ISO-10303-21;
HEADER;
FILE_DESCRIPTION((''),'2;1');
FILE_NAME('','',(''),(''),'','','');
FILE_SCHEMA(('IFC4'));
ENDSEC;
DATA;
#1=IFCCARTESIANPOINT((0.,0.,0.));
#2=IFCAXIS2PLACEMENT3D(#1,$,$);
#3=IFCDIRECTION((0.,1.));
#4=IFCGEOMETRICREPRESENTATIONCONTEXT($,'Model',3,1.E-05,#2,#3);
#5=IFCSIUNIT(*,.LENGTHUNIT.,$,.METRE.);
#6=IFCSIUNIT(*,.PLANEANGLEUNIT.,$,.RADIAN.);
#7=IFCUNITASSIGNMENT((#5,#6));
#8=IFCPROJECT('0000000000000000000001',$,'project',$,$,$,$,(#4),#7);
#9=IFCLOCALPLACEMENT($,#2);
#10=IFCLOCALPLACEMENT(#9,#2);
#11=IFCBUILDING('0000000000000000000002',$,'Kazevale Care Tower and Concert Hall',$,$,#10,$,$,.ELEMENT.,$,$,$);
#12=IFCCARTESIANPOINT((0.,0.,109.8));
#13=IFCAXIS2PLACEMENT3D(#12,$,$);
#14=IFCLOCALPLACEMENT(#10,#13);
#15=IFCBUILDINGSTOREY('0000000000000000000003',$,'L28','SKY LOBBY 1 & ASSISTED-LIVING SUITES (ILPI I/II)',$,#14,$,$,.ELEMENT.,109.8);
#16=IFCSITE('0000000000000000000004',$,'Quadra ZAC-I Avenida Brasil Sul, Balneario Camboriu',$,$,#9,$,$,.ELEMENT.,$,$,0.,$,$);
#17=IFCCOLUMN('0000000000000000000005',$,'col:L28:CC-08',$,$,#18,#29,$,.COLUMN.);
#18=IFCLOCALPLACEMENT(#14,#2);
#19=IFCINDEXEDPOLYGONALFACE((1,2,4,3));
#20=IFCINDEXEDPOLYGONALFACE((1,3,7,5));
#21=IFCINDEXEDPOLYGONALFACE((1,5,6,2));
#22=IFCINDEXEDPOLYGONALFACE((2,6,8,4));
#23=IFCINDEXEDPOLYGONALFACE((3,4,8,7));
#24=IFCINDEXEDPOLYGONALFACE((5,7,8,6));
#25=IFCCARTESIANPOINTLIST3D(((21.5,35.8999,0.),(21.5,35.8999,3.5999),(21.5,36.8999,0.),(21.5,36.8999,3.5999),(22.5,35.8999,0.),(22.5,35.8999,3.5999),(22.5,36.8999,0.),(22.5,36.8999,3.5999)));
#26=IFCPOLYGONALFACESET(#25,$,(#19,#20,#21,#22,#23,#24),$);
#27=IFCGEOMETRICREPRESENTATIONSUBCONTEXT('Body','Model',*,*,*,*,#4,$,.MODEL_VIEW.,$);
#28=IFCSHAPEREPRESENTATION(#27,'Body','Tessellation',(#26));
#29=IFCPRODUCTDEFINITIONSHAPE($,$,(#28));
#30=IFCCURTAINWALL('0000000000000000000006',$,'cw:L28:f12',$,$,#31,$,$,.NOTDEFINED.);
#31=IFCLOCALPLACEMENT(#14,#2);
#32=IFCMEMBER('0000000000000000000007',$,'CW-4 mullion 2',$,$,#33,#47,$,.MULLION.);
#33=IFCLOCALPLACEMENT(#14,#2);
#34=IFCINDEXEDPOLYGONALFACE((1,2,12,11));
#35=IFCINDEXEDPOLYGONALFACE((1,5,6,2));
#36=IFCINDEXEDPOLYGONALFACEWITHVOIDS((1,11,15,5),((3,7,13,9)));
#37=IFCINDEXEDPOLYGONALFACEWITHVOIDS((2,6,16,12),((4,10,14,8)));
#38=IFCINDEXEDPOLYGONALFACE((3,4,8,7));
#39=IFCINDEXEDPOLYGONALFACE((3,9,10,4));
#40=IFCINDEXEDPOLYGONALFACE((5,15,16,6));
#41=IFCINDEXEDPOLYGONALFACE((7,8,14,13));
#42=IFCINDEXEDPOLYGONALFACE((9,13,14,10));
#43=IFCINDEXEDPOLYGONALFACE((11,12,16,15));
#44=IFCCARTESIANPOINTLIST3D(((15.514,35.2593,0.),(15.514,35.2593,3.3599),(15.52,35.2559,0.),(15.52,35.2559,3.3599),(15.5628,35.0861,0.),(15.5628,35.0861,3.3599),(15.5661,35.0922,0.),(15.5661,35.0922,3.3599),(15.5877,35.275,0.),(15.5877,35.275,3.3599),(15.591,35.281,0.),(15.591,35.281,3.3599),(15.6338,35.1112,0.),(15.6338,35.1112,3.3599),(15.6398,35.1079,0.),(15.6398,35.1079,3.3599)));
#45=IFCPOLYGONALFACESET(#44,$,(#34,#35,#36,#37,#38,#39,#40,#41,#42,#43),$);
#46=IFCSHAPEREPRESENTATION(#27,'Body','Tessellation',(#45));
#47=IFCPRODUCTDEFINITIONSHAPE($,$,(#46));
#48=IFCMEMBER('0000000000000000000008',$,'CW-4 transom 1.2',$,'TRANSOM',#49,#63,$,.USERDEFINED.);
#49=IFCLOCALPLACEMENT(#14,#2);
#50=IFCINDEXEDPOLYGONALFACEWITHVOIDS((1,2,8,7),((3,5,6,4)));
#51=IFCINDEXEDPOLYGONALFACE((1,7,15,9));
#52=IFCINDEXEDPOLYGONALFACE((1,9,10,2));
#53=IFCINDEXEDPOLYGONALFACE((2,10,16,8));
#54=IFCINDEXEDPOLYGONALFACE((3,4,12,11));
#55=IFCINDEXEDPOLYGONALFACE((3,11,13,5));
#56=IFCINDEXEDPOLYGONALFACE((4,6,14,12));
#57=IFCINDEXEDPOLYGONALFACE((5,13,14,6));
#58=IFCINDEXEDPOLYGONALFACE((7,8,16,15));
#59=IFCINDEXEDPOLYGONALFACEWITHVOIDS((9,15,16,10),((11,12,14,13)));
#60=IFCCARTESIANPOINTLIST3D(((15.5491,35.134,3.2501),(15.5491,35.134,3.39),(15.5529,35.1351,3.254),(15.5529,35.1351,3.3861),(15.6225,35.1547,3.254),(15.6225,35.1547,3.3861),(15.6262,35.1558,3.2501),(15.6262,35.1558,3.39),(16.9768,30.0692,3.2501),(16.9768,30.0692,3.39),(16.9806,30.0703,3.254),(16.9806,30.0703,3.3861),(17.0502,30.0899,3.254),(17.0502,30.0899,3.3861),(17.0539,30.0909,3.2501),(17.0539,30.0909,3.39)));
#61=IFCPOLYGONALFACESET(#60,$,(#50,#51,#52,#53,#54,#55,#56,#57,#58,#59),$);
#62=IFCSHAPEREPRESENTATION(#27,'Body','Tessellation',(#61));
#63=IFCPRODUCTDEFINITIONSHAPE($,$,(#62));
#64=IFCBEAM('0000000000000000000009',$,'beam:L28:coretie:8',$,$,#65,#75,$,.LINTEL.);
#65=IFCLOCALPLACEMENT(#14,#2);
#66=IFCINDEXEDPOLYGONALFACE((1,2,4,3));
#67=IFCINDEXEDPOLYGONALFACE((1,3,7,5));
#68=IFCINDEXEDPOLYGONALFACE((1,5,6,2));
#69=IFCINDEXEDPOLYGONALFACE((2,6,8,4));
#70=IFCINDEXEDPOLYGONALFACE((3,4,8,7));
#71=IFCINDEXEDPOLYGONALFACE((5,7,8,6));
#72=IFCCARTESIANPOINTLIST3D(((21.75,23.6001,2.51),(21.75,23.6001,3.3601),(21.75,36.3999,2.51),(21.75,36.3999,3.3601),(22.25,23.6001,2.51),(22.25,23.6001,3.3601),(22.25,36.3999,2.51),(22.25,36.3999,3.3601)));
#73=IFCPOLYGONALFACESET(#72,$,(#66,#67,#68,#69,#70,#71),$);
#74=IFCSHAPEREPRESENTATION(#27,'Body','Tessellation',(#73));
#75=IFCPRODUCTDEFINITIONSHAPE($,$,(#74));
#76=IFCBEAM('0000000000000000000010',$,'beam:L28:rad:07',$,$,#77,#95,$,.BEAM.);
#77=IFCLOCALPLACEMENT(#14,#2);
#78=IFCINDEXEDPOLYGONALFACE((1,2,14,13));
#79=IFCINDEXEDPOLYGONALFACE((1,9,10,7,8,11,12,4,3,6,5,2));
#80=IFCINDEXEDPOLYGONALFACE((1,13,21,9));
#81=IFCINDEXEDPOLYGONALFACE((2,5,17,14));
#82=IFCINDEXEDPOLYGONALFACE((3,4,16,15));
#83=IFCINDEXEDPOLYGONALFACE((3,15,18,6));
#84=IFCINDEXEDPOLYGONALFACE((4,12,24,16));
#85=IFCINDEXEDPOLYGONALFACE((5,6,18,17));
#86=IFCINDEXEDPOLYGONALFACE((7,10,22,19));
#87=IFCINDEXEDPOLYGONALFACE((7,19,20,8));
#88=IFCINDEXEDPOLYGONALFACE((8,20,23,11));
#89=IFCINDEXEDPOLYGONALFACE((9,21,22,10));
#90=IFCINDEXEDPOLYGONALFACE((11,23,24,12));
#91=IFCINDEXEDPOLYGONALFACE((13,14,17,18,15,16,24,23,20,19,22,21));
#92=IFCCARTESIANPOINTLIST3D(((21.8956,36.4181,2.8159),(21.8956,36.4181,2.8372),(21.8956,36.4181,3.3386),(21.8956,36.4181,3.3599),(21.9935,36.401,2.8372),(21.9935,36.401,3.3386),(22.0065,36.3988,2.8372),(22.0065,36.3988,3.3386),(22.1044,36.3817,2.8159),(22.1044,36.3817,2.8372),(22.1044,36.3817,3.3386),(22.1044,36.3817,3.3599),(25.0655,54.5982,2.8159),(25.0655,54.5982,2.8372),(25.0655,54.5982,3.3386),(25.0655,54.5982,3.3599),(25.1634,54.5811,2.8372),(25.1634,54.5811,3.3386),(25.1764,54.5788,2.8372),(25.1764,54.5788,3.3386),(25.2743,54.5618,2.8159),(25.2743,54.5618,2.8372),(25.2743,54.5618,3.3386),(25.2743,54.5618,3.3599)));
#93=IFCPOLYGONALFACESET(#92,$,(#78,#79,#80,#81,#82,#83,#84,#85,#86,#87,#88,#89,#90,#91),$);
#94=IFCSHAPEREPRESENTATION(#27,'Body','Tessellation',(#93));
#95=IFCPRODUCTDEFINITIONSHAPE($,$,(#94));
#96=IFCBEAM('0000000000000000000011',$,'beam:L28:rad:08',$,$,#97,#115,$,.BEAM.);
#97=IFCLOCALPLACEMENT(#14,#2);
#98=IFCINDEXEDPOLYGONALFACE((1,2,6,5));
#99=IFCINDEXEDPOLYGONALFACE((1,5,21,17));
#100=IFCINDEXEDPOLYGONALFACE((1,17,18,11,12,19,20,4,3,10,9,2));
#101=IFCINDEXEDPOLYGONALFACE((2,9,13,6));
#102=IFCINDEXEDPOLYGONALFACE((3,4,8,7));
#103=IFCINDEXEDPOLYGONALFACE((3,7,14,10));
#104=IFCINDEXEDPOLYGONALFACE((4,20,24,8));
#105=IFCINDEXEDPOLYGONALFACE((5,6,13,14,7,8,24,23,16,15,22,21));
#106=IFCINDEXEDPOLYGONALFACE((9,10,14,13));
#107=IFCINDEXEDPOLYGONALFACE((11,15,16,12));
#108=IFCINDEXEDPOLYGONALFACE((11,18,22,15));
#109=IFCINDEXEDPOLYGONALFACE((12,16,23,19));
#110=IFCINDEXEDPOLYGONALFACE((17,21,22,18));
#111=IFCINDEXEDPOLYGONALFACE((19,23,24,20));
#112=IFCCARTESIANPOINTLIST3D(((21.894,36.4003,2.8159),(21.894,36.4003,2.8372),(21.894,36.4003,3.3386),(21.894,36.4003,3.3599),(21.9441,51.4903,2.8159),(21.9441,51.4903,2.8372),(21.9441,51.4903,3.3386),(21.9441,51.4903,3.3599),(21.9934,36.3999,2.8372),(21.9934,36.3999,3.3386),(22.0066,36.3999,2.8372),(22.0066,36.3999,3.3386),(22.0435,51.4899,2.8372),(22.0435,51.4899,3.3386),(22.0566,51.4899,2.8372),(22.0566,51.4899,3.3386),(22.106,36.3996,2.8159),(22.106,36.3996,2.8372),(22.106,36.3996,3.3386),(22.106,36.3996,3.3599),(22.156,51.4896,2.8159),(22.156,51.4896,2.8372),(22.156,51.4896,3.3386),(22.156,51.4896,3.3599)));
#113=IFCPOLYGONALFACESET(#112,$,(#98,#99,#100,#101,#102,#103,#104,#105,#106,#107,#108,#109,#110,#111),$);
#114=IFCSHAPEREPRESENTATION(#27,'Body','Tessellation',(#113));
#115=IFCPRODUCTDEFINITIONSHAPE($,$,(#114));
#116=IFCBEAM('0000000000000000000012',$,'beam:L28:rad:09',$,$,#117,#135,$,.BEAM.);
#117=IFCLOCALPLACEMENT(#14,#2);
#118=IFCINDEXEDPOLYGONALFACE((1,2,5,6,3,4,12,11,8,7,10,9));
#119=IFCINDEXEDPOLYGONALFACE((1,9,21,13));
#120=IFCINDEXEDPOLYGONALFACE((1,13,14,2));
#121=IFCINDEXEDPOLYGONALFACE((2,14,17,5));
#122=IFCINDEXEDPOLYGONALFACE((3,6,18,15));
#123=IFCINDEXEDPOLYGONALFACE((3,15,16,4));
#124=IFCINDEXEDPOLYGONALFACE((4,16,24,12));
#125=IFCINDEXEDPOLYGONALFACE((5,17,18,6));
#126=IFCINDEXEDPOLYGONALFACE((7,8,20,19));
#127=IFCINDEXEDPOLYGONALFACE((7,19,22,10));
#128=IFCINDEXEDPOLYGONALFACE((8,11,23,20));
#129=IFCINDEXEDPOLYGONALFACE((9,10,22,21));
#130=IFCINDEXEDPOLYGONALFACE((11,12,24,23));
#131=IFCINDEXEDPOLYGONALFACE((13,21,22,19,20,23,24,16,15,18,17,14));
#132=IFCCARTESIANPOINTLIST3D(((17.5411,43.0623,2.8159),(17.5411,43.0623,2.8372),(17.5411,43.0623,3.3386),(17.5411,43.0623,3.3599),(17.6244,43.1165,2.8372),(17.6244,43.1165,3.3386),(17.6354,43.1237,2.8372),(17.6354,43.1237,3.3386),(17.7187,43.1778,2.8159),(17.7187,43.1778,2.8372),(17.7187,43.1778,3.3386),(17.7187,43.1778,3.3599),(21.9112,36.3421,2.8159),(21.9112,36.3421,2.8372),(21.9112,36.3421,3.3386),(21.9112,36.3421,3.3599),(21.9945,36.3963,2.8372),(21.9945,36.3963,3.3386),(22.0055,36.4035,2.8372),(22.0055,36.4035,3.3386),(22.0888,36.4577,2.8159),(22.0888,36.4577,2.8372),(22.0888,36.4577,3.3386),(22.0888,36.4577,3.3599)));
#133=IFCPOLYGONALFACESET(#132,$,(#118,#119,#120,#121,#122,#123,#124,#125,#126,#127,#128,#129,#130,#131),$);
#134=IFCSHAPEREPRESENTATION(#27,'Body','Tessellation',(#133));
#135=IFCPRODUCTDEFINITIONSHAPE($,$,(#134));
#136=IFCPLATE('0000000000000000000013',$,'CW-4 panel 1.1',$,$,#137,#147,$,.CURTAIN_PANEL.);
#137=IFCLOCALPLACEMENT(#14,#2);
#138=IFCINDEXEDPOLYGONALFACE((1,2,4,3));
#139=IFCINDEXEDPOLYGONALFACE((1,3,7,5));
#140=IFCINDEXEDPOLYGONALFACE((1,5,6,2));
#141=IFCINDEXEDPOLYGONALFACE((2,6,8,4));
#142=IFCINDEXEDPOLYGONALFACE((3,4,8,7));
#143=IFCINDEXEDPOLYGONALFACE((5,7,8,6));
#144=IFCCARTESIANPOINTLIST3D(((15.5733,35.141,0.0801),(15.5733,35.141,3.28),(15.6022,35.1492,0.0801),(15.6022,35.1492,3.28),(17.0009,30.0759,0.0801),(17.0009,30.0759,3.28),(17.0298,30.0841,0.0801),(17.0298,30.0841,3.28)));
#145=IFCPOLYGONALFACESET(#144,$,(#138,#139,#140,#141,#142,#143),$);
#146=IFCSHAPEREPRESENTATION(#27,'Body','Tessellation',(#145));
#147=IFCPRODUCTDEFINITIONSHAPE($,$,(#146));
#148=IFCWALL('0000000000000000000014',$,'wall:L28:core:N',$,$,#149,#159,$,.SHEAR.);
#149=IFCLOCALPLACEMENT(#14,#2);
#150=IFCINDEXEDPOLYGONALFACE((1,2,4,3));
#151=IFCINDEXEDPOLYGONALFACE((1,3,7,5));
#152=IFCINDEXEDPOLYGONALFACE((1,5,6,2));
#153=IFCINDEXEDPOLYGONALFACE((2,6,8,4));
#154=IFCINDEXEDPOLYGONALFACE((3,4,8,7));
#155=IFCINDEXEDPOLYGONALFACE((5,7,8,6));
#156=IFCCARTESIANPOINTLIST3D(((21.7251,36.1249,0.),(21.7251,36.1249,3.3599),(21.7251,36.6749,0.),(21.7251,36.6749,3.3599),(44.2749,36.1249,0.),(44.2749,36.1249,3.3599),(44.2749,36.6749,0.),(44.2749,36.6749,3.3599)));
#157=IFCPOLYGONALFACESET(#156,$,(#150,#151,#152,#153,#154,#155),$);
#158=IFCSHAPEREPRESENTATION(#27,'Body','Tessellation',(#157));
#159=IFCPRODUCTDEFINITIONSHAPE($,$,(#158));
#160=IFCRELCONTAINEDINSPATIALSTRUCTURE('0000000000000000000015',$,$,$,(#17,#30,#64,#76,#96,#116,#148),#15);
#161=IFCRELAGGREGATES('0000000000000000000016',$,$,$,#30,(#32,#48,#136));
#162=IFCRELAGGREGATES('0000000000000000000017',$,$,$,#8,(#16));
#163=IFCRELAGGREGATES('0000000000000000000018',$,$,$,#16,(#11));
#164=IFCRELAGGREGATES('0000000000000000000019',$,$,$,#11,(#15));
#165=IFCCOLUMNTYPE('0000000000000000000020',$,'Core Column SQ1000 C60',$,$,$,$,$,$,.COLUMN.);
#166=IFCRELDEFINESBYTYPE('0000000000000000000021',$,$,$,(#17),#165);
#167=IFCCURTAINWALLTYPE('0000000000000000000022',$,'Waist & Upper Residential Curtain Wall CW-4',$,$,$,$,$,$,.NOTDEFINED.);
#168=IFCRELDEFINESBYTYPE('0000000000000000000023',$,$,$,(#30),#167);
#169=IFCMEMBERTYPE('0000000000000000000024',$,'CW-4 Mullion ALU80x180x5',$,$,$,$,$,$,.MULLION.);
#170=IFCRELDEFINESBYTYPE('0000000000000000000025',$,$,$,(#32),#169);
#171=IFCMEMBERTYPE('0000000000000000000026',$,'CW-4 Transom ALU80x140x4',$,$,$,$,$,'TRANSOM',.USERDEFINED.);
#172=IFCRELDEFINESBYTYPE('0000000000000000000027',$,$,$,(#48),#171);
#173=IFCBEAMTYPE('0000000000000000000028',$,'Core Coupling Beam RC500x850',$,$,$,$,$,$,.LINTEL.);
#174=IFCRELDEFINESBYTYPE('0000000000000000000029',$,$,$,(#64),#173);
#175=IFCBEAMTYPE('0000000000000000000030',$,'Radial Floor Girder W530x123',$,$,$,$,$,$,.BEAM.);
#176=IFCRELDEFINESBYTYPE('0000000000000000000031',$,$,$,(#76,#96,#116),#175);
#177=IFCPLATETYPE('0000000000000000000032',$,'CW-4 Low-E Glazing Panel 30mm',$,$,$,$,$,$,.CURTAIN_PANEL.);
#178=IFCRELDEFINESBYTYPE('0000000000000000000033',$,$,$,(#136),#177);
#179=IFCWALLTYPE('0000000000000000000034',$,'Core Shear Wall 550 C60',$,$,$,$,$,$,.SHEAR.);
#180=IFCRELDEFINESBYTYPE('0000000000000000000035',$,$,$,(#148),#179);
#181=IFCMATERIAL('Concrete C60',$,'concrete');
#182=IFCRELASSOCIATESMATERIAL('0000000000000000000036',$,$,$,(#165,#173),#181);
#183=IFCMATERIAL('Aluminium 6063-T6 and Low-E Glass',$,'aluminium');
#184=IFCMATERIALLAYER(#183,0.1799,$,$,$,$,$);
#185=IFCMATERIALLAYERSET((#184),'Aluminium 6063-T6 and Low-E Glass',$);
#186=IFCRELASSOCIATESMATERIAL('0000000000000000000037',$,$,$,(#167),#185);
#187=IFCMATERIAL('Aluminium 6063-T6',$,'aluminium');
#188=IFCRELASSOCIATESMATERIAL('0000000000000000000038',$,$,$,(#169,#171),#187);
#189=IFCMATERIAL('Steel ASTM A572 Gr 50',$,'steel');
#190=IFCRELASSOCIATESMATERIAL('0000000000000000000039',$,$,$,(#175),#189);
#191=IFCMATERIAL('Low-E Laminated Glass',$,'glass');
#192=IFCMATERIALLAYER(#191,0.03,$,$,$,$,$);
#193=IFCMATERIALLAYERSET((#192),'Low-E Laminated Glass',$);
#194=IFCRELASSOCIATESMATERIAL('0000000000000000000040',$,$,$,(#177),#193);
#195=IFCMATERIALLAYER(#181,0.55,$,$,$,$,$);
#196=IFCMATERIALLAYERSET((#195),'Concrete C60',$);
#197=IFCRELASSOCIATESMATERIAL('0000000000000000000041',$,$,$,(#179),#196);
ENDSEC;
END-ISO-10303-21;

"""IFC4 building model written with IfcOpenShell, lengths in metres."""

from ifc_helpers import new_model, si_unit, direction, frame, frame_2d, origin, origin_2d, place, context, subcontext, project, spatial, rectangle, hollow_rectangle, i_section, extrude, material, layer, layer_set, material_profile, profile_set, type_object, element, aggregate, save


model = new_model("IFC4")

# Units and contexts
model_context = context("Model", 3, precision=1e-05, world=origin(), true_north=direction((0.0, 1.0)))
body_context = subcontext(model_context, "Body", "Model", "MODEL_VIEW")
ifc_project = project(units=[si_unit("LENGTHUNIT", "METRE"), si_unit("PLANEANGLEUNIT", "RADIAN")], contexts=[model_context])

# Site, building, storey
site_placement = place(None, origin())
site = spatial("IfcSite", under=ifc_project, at=site_placement, Name="Quadra ZAC-I Avenida Brasil Sul, Balneario Camboriu", CompositionType="ELEMENT", RefElevation=0.0)
building_placement = place(site_placement, origin())
building = spatial("IfcBuilding", under=site, at=building_placement, Name="Kazevale Care Tower and Concert Hall", CompositionType="ELEMENT")
storey_placement = place(building_placement, frame((0.0, 0.0, 109.8)))
storey = spatial("IfcBuildingStorey", under=building, at=storey_placement, Name="L28", Description="SKY LOBBY 1 & ASSISTED-LIVING SUITES (ILPI I/II)", CompositionType="ELEMENT", Elevation=109.8)

# Column
ifc_material_1 = material(Name="Concrete C60", Category="concrete")
ifc_material_profile_1 = material_profile(ifc_material_1, rectangle(XDim=1.0, YDim=1.0, at=origin_2d()), Name="RC-SQ1000")
ifc_profile_set_1 = profile_set([ifc_material_profile_1], Name="Concrete C60")
column_type = type_object("IfcColumnType", Name="Core Column SQ1000 C60", PredefinedType="COLUMN", material=ifc_profile_set_1)
column_placement = place(storey_placement, frame((22.0, 36.3999, 0.0), z_axis=(0.0, 0.0, 1.0), x_axis=(1.0, 0.0, 0.0)))
element("IfcColumn", 1, at=column_placement, inside=storey, type_object=column_type, Name="col:L28:CC-08", PredefinedType="COLUMN", context=body_context, shape_type="SweptSolid", body=[
    extrude(rectangle(XDim=1.0, YDim=1.0, at=origin_2d()), origin(), (0.0, 0.0, 1.0), 3.5999),
])

# Curtain wall, members
ifc_material_2 = material(Name="Aluminium 6063-T6 and Low-E Glass", Category="aluminium")
ifc_layer_1 = layer(ifc_material_2, 0.1799)
ifc_layer_set_1 = layer_set([ifc_layer_1], Name="Aluminium 6063-T6 and Low-E Glass")
curtain_wall_type = type_object("IfcCurtainWallType", Name="Waist & Upper Residential Curtain Wall CW-4", PredefinedType="NOTDEFINED", material=ifc_layer_set_1)
curtain_wall_placement = place(storey_placement, origin())
curtain_wall = element("IfcCurtainWall", 2, at=curtain_wall_placement, inside=storey, type_object=curtain_wall_type, Name="cw:L28:f12", PredefinedType="NOTDEFINED")
ifc_material_3 = material(Name="Aluminium 6063-T6", Category="aluminium")
ifc_material_profile_2 = material_profile(ifc_material_3, hollow_rectangle(XDim=0.0801, YDim=0.1799, WallThickness=0.0049, at=origin_2d()), Name="ALU80x180x5")
ifc_profile_set_2 = profile_set([ifc_material_profile_2], Name="Aluminium 6063-T6")
member_type_1 = type_object("IfcMemberType", Name="CW-4 Mullion ALU80x180x5", PredefinedType="MULLION", material=ifc_profile_set_2)
member_1_placement = place(storey_placement, frame((15.5769, 35.1836, 0.0), z_axis=(0.0, 0.0, 1.0), x_axis=(-0.962499, -0.271285, 0.0)))
member_1 = element("IfcMember", 3, at=member_1_placement, type_object=member_type_1, Name="CW-4 mullion 2", PredefinedType="MULLION", context=body_context, shape_type="SweptSolid", body=[
    extrude(hollow_rectangle(XDim=0.0801, YDim=0.1799, WallThickness=0.0049, at=origin_2d()), origin(), (0.0, 0.0, 1.0), 3.3599),
])
ifc_material_profile_3 = material_profile(ifc_material_3, hollow_rectangle(XDim=0.0801, YDim=0.1399, WallThickness=0.0039, at=origin_2d()), Name="ALU80x140x4")
ifc_profile_set_3 = profile_set([ifc_material_profile_3], Name="Aluminium 6063-T6")
member_type_2 = type_object("IfcMemberType", Name="CW-4 Transom ALU80x140x4", ElementType="TRANSOM", PredefinedType="USERDEFINED", material=ifc_profile_set_3)
member_2_placement = place(storey_placement, frame((17.0154, 30.0801, 3.3201), z_axis=(-0.271313, 0.962491, 0.0), x_axis=(-0.962491, -0.271313, 0.0)))
member_2 = element("IfcMember", 4, at=member_2_placement, type_object=member_type_2, Name="CW-4 transom 1.2", ObjectType="TRANSOM", PredefinedType="USERDEFINED", context=body_context, shape_type="SweptSolid", body=[
    extrude(hollow_rectangle(XDim=0.0801, YDim=0.1399, WallThickness=0.0039, at=origin_2d()), origin(), (0.0, 0.0, 1.0), 5.2622),
])

# Beams
ifc_material_profile_4 = material_profile(ifc_material_1, rectangle(XDim=0.5, YDim=0.8501, at=origin_2d()), Name="RC-B500x850")
ifc_profile_set_4 = profile_set([ifc_material_profile_4], Name="Concrete C60")
beam_type_1 = type_object("IfcBeamType", Name="Core Coupling Beam RC500x850", PredefinedType="LINTEL", material=ifc_profile_set_4)
beam_1_placement = place(storey_placement, frame((22.0, 36.3999, 2.9351), z_axis=(0.0, -1.0, 0.0), x_axis=(1.0, 0.0, 0.0)))
element("IfcBeam", 5, at=beam_1_placement, inside=storey, type_object=beam_type_1, Name="beam:L28:coretie:8", PredefinedType="LINTEL", context=body_context, shape_type="SweptSolid", body=[
    extrude(rectangle(XDim=0.5, YDim=0.8501, at=origin_2d()), origin(), (0.0, 0.0, 1.0), 12.7998),
])
ifc_material_4 = material(Name="Steel ASTM A572 Gr 50", Category="steel")
ifc_material_profile_5 = material_profile(ifc_material_4, i_section(OverallWidth=0.2119, OverallDepth=0.5439, WebThickness=0.0132, FlangeThickness=0.0212, at=origin_2d()), Name="W530x123")
ifc_profile_set_5 = profile_set([ifc_material_profile_5], Name="Steel ASTM A572 Gr 50")
beam_type_2 = type_object("IfcBeamType", Name="Radial Floor Girder W530x123", PredefinedType="BEAM", material=ifc_profile_set_5)
beam_2_placement = place(storey_placement, frame((22.0, 36.3999, 3.0879), z_axis=(0.17177, 0.985137, 0.0), x_axis=(-0.985137, 0.17177, 0.0)))
element("IfcBeam", 6, at=beam_2_placement, inside=storey, type_object=beam_type_2, Name="beam:L28:rad:07", PredefinedType="BEAM", context=body_context, shape_type="SweptSolid", body=[
    extrude(i_section(OverallWidth=0.2119, OverallDepth=0.5439, WebThickness=0.0132, FlangeThickness=0.0212, at=origin_2d()), origin(), (0.0, 0.0, 1.0), 18.4543),
])
beam_3_placement = place(storey_placement, frame((22.0, 36.3999, 3.0879), z_axis=(0.003317, 0.999994, 0.0), x_axis=(-0.999994, 0.003317, 0.0)))
element("IfcBeam", 7, at=beam_3_placement, inside=storey, type_object=beam_type_2, Name="beam:L28:rad:08", PredefinedType="BEAM", context=body_context, shape_type="SweptSolid", body=[
    extrude(i_section(OverallWidth=0.2119, OverallDepth=0.5439, WebThickness=0.0132, FlangeThickness=0.0212, at=origin_2d()), origin(), (0.0, 0.0, 1.0), 15.0901),
])
beam_4_placement = place(storey_placement, frame((22.0, 36.3999, 3.0879), z_axis=(-0.545162, 0.838331, 0.0), x_axis=(-0.838331, -0.545162, 0.0)))
element("IfcBeam", 8, at=beam_4_placement, inside=storey, type_object=beam_type_2, Name="beam:L28:rad:09", PredefinedType="BEAM", context=body_context, shape_type="SweptSolid", body=[
    extrude(i_section(OverallWidth=0.2119, OverallDepth=0.5439, WebThickness=0.0132, FlangeThickness=0.0212, at=origin_2d()), origin(), (0.0, 0.0, 1.0), 8.0161),
])

# Plate
ifc_material_5 = material(Name="Low-E Laminated Glass", Category="glass")
ifc_layer_2 = layer(ifc_material_5, 0.03)
ifc_layer_set_2 = layer_set([ifc_layer_2], Name="Low-E Laminated Glass")
plate_type = type_object("IfcPlateType", Name="CW-4 Low-E Glazing Panel 30mm", PredefinedType="CURTAIN_PANEL", material=ifc_layer_set_2)
plate_placement = place(storey_placement, frame((16.3015, 32.6125, 0.0801), z_axis=(0.0, 0.0, 1.0), x_axis=(-0.271285, 0.962499, 0.0)))
plate = element("IfcPlate", 9, at=plate_placement, type_object=plate_type, Name="CW-4 panel 1.1", PredefinedType="CURTAIN_PANEL", context=body_context, shape_type="SweptSolid", body=[
    extrude(rectangle(XDim=5.2625, YDim=0.03, at=origin_2d()), origin(), (0.0, 0.0, 1.0), 3.2),
])
aggregate(curtain_wall, [member_1, member_2, plate])

# Wall
ifc_layer_3 = layer(ifc_material_1, 0.55)
ifc_layer_set_3 = layer_set([ifc_layer_3], Name="Concrete C60")
wall_type_1 = type_object("IfcWallType", Name="Core Shear Wall 550 C60", PredefinedType="SHEAR", material=ifc_layer_set_3)
wall_1_placement = place(storey_placement, frame((21.7251, 36.3999, 0.0), z_axis=(0.0, 0.0, 1.0), x_axis=(1.0, 0.0, 0.0)))
element("IfcWall", 10, at=wall_1_placement, inside=storey, type_object=wall_type_1, Name="wall:L28:core:N", PredefinedType="SHEAR", context=body_context, shape_type="SweptSolid", body=[
    extrude(rectangle(XDim=22.5498, YDim=0.55, at=frame_2d((11.2749, 0.0))), origin(), (0.0, 0.0, 1.0), 3.3599),
])

save(model, "model.ifc")
